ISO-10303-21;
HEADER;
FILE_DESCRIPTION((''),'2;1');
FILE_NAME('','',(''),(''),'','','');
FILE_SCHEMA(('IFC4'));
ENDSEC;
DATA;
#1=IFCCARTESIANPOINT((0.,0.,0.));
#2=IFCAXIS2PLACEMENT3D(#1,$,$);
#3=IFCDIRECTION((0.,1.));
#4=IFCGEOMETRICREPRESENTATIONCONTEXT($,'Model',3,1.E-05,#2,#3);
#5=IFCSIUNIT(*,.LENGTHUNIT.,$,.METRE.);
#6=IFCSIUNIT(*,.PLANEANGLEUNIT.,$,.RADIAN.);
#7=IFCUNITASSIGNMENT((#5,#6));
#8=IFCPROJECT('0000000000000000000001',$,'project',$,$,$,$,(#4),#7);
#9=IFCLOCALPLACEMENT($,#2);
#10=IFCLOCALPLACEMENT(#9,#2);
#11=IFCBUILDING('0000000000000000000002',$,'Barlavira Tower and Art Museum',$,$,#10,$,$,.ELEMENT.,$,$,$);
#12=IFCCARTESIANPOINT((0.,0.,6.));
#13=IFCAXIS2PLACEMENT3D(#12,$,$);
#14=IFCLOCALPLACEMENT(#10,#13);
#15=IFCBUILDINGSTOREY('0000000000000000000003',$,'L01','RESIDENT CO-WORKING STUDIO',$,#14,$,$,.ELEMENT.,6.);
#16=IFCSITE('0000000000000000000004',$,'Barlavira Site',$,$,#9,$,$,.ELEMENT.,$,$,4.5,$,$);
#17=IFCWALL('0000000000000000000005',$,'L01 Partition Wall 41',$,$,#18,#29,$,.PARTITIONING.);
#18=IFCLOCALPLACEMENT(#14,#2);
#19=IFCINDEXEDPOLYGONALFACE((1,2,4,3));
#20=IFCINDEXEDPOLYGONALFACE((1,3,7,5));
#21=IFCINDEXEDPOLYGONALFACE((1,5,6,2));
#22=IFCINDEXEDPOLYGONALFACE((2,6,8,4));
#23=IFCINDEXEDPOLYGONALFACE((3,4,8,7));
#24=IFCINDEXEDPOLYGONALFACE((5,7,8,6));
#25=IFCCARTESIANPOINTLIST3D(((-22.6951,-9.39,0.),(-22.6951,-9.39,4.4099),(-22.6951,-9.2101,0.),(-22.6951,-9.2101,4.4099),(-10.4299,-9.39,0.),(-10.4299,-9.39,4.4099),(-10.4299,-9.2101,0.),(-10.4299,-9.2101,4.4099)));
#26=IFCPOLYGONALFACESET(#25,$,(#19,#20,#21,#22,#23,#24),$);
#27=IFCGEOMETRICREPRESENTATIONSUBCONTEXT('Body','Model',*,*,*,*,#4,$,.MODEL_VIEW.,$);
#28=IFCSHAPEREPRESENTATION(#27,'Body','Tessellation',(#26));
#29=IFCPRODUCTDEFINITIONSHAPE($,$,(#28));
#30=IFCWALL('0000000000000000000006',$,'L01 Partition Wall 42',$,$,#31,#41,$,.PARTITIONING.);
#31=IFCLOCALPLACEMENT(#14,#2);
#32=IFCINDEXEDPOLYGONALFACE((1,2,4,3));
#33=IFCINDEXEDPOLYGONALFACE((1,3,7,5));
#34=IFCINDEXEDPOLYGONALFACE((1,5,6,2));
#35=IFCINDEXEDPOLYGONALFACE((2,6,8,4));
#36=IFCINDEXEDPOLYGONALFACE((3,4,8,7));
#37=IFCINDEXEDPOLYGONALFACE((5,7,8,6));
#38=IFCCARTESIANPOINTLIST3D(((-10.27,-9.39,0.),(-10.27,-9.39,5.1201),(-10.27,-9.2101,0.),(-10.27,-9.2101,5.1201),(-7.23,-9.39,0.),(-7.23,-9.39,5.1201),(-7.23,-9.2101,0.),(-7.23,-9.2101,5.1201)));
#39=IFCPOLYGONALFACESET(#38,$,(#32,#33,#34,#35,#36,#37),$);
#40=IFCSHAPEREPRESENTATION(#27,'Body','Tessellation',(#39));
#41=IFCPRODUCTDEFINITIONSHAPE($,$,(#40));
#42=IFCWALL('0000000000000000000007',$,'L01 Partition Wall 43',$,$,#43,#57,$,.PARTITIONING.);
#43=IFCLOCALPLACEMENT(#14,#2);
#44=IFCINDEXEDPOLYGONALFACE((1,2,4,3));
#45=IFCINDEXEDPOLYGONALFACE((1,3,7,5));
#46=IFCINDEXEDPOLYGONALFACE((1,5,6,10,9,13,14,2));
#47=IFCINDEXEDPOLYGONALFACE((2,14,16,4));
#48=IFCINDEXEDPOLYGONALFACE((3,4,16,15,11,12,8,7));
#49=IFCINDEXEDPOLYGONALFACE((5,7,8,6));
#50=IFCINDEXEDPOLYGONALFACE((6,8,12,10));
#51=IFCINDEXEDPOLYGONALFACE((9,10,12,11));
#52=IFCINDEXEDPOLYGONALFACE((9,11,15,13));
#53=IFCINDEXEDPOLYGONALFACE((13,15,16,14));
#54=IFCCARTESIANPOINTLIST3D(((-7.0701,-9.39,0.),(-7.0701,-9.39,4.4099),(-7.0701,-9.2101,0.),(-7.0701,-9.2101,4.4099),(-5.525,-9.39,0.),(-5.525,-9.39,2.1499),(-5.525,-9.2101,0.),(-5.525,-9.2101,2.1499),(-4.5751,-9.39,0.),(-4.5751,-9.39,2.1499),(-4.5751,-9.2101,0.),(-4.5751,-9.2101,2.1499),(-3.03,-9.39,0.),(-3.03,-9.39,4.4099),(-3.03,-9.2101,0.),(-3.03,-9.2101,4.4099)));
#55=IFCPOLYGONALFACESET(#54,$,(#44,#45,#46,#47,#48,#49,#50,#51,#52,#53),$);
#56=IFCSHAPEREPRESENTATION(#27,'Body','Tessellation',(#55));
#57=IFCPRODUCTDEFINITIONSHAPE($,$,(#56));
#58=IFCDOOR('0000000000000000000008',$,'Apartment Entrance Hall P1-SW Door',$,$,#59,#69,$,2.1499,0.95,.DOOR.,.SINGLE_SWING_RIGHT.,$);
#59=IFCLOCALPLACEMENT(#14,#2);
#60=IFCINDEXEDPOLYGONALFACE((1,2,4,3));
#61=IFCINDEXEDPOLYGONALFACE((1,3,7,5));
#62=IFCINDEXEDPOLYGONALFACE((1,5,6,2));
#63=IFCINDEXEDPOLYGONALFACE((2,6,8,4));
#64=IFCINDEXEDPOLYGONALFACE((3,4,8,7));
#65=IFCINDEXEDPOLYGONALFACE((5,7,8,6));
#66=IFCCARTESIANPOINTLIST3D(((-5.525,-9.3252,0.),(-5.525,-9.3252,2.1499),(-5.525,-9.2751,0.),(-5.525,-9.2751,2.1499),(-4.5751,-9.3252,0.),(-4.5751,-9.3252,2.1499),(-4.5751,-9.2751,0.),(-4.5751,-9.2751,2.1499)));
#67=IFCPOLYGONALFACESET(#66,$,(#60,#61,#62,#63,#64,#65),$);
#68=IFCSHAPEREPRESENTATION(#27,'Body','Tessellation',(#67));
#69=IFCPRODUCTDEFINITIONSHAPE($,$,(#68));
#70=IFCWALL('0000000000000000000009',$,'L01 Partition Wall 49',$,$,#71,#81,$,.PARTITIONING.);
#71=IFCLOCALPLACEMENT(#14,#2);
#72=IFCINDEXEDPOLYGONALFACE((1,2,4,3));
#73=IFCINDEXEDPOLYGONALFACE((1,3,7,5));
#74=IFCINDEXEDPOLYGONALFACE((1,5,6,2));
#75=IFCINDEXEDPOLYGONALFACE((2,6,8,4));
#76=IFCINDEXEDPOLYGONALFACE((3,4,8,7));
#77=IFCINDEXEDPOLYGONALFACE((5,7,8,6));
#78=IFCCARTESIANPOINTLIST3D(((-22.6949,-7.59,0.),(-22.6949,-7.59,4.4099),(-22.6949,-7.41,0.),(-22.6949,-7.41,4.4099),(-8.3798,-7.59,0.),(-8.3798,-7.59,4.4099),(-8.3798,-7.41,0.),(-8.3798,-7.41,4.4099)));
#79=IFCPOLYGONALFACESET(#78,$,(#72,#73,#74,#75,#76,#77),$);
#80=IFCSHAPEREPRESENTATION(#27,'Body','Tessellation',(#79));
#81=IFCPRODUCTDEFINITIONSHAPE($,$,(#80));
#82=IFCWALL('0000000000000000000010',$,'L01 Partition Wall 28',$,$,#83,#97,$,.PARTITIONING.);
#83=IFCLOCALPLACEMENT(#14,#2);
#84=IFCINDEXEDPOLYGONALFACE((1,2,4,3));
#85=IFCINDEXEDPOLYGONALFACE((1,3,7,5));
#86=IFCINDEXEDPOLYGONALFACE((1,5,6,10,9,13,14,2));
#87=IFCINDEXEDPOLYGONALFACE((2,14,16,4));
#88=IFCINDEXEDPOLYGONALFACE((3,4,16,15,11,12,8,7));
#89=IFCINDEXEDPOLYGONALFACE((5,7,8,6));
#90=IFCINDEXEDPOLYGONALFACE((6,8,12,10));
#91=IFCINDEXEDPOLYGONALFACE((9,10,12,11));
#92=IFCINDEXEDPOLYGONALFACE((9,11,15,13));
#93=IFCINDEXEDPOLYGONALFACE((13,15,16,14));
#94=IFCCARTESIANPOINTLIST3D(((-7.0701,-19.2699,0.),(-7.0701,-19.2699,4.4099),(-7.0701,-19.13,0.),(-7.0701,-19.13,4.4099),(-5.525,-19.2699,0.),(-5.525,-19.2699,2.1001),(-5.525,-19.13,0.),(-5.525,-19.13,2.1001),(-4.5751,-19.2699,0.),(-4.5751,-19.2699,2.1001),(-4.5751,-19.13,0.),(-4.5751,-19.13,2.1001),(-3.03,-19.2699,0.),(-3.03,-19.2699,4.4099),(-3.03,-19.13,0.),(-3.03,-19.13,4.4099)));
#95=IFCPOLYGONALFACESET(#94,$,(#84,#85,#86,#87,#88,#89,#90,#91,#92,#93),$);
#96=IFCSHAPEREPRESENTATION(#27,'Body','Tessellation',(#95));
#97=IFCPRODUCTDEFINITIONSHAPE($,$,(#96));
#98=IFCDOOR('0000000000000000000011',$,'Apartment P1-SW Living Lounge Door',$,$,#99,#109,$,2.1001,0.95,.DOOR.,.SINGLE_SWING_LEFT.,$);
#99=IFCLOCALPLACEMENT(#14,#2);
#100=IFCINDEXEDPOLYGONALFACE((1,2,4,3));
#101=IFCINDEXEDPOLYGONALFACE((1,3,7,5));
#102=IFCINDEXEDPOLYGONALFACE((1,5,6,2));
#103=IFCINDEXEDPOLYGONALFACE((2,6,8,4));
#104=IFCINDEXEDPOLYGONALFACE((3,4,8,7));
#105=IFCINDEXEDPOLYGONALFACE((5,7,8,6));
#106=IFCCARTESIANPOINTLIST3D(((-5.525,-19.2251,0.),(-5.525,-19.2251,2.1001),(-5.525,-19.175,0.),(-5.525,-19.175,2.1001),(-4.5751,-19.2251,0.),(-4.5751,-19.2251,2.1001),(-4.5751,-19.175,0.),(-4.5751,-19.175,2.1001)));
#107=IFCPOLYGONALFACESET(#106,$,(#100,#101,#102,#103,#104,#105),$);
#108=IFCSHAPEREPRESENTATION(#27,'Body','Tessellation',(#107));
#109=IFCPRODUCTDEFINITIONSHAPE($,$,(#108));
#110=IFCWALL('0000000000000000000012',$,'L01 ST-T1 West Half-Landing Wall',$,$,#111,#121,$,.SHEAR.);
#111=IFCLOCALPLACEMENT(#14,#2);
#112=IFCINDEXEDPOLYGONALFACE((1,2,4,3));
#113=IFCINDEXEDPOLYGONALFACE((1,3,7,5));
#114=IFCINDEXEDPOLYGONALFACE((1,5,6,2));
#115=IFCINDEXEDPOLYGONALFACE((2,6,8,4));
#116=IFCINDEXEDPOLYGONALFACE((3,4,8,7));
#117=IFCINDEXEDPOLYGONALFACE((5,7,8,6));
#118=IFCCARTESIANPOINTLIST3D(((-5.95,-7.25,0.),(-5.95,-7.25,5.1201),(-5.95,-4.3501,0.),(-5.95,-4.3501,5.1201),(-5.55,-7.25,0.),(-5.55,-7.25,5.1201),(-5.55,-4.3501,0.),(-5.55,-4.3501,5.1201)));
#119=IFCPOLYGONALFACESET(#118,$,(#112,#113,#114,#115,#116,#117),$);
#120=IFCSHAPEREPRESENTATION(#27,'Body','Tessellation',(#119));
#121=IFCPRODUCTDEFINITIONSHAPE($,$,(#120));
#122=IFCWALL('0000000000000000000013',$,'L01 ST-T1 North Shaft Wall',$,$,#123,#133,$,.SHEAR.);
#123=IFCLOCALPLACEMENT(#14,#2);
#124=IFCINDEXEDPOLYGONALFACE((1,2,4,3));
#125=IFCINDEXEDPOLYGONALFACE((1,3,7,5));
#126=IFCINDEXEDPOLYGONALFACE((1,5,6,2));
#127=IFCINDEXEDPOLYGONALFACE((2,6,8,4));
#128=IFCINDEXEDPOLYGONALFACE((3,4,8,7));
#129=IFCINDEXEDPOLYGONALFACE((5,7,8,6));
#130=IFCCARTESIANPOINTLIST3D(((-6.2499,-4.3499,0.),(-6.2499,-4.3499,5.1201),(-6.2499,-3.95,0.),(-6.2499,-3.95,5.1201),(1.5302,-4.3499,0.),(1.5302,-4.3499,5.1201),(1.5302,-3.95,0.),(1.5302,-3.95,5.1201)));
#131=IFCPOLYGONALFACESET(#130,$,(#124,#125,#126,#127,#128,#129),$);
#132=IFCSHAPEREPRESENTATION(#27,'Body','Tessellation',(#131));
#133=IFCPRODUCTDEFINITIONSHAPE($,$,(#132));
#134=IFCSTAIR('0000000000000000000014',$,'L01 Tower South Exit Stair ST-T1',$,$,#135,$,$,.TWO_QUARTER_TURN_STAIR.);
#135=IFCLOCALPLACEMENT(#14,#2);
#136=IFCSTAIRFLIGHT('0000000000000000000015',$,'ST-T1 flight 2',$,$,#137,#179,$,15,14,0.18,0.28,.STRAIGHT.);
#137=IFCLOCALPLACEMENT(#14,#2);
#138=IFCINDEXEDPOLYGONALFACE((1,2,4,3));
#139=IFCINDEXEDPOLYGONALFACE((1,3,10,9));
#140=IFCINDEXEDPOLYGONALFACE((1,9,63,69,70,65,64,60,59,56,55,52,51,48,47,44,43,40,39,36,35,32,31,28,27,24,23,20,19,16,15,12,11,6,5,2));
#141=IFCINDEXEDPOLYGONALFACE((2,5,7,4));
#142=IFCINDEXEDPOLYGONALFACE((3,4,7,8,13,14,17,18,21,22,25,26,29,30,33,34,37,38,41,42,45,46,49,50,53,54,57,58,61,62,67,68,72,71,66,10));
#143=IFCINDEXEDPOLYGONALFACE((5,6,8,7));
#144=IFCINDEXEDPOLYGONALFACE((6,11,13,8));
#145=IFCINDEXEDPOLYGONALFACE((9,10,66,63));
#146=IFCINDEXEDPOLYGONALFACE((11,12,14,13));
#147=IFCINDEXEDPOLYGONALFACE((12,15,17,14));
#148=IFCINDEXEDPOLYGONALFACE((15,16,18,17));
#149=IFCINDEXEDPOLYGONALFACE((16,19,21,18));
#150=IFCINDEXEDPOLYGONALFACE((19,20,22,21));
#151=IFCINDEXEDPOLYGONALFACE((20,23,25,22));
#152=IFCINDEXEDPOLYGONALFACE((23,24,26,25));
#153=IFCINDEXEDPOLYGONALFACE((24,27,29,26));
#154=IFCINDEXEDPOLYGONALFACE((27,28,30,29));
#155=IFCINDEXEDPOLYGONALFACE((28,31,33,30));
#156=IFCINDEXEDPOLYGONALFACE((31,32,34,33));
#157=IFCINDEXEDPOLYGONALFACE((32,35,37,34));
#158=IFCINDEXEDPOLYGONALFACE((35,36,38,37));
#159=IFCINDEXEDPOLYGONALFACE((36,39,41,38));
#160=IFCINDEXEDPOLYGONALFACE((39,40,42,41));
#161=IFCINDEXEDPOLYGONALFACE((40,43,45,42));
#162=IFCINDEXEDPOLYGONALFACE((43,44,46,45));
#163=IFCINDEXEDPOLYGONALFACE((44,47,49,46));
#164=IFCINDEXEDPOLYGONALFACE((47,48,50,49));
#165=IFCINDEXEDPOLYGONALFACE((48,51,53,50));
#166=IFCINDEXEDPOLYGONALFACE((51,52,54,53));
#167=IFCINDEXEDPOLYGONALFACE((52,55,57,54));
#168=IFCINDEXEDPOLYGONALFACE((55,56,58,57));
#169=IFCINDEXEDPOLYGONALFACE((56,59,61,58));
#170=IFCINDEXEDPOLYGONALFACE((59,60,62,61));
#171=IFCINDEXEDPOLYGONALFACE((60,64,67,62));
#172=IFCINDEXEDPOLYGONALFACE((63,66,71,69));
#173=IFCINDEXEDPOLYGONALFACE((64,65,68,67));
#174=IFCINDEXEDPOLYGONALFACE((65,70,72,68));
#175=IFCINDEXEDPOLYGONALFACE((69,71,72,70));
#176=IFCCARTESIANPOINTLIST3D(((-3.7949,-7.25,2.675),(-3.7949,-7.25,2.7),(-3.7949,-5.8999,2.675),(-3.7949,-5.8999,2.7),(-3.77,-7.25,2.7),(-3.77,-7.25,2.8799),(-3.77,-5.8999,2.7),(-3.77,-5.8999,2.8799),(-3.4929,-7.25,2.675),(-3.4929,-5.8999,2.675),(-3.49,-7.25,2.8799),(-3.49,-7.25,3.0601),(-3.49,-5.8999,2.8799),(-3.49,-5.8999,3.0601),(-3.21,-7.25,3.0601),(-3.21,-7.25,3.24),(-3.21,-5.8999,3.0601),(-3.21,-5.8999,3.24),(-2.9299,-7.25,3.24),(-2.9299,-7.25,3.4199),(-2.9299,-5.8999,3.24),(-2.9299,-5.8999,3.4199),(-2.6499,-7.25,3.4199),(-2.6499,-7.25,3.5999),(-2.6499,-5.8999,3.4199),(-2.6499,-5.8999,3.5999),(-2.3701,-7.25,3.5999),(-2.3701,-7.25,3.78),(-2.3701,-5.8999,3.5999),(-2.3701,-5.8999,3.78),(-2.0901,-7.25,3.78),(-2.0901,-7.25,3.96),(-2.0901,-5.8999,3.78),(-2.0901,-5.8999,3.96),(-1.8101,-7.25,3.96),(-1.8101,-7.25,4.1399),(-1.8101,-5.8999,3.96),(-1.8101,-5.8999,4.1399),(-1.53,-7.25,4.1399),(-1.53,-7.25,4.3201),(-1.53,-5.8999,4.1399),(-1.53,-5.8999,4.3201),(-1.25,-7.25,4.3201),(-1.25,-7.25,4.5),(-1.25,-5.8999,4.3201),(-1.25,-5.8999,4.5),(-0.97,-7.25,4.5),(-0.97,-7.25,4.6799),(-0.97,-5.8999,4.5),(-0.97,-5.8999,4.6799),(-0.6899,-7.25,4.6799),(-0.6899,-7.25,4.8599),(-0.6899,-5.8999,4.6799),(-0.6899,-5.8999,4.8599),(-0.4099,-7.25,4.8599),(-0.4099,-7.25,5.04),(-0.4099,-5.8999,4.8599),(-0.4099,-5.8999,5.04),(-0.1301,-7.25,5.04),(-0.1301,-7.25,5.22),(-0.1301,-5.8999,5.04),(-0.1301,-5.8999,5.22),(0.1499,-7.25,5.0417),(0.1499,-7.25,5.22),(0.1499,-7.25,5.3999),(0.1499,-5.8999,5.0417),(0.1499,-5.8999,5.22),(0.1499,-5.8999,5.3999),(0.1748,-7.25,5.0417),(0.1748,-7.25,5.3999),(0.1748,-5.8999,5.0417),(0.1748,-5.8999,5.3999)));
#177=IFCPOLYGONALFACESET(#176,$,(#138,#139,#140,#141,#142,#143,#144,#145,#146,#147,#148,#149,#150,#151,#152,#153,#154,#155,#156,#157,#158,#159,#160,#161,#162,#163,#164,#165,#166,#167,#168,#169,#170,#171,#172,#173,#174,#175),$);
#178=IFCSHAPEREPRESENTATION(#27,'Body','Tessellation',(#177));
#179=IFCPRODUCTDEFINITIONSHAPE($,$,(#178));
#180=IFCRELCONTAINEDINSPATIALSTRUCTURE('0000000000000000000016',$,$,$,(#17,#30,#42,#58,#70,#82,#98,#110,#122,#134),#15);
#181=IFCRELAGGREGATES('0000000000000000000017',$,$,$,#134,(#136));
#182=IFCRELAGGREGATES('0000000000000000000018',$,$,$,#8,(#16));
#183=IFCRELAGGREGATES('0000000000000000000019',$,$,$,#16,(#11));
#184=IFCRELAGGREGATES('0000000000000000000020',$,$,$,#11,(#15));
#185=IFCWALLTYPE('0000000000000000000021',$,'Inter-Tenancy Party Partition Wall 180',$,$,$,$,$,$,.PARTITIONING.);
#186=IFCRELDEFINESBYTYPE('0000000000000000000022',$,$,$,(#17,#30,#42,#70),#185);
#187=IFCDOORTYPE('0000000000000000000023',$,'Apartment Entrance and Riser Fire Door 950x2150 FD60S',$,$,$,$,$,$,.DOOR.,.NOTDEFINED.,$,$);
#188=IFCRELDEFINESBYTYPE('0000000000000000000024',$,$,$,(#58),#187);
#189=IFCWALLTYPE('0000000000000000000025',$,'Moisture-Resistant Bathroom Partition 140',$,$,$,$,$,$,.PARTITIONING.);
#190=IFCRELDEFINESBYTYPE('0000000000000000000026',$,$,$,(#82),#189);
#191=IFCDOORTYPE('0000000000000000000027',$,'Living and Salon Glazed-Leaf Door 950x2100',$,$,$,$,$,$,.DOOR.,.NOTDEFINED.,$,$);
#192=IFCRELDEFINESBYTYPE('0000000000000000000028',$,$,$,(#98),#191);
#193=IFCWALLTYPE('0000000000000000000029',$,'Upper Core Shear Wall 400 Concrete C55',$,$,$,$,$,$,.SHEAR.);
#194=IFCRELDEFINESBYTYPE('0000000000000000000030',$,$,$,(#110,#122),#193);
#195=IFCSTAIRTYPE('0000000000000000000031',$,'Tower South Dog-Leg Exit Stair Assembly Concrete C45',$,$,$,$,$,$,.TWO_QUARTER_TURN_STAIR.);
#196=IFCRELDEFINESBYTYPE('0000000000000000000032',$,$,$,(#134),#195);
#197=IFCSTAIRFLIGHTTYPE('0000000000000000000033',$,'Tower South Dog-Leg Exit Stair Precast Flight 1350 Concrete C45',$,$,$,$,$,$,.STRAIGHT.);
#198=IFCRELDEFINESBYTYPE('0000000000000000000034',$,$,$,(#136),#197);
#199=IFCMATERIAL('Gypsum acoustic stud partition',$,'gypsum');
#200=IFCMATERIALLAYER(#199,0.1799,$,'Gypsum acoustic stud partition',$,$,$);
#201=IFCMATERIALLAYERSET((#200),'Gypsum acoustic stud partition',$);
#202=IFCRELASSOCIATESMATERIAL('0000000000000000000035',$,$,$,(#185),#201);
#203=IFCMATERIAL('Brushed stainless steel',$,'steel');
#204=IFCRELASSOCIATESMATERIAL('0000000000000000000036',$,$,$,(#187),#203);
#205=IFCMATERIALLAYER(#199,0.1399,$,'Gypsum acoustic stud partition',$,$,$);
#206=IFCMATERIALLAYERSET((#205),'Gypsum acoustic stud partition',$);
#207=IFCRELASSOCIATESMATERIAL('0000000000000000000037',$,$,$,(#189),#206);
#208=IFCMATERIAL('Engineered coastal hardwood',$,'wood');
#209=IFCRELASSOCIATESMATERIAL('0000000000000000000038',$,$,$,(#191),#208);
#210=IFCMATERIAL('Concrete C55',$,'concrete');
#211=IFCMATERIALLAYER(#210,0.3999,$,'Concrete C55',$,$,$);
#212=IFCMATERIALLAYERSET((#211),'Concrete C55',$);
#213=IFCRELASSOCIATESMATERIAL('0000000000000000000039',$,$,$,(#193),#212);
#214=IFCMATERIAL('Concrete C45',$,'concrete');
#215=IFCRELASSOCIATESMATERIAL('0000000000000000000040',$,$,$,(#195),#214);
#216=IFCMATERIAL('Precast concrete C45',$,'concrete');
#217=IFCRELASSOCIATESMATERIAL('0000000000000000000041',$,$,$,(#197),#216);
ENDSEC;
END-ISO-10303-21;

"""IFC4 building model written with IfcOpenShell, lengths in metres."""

from ifc_helpers import new_model, si_unit, direction, frame, frame_2d, origin, place, context, subcontext, project, spatial, polyline, rectangle, outline, extrude, material, layer, layer_set, type_object, element, fill, aggregate, save


model = new_model("IFC4")

# Units and contexts
model_context = context("Model", 3, precision=1e-05, world=origin(), true_north=direction((0.0, 1.0)))
body_context = subcontext(model_context, "Body", "Model", "MODEL_VIEW")
ifc_project = project(units=[si_unit("LENGTHUNIT", "METRE"), si_unit("PLANEANGLEUNIT", "RADIAN")], contexts=[model_context])

# Site, building, storey
site_placement = place(None, origin())
site = spatial("IfcSite", under=ifc_project, at=site_placement, Name="Barlavira Site", CompositionType="ELEMENT", RefElevation=4.5)
building_placement = place(site_placement, origin())
building = spatial("IfcBuilding", under=site, at=building_placement, Name="Barlavira Tower and Art Museum", CompositionType="ELEMENT")
storey_placement = place(building_placement, frame((0.0, 0.0, 6.0)))
storey = spatial("IfcBuildingStorey", under=building, at=storey_placement, Name="L01", Description="RESIDENT CO-WORKING STUDIO", CompositionType="ELEMENT", Elevation=6.0)

# Shared definitions
ifc_material_1 = material(Name="Gypsum acoustic stud partition", Category="gypsum")
ifc_layer_1 = layer(ifc_material_1, 0.1799, Name="Gypsum acoustic stud partition")
ifc_layer_set_1 = layer_set([ifc_layer_1], Name="Gypsum acoustic stud partition")
wall_type_1 = type_object("IfcWallType", Name="Inter-Tenancy Party Partition Wall 180", PredefinedType="PARTITIONING", material=ifc_layer_set_1)
ifc_material_2 = material(Name="Brushed stainless steel", Category="steel")
door_type_1 = type_object("IfcDoorType", Name="Apartment Entrance and Riser Fire Door 950x2150 FD60S", OperationType="NOTDEFINED", PredefinedType="DOOR", material=ifc_material_2)

# Walls
wall_1_placement = place(storey_placement, frame((-22.6951, -9.3, 0.0), z_axis=(0.0, 0.0, 1.0), x_axis=(1.0, 0.0, 0.0)))
element("IfcWall", 1, at=wall_1_placement, inside=storey, type_object=wall_type_1, Name="L01 Partition Wall 41", PredefinedType="PARTITIONING", context=body_context, shape_type="SweptSolid", body=[
    extrude(rectangle(XDim=12.2651, YDim=0.1799, at=frame_2d((6.1326, 0.0))), origin(), (0.0, 0.0, 1.0), 4.4099),
])
wall_2_placement = place(storey_placement, frame((-10.27, -9.3, 0.0), z_axis=(0.0, 0.0, 1.0), x_axis=(1.0, 0.0, 0.0)))
element("IfcWall", 2, at=wall_2_placement, inside=storey, type_object=wall_type_1, Name="L01 Partition Wall 42", PredefinedType="PARTITIONING", context=body_context, shape_type="SweptSolid", body=[
    extrude(rectangle(XDim=3.04, YDim=0.1799, at=frame_2d((1.52, 0.0))), origin(), (0.0, 0.0, 1.0), 5.1201),
])

# Wall, opening, door
wall_3_placement = place(storey_placement, frame((-7.0701, -9.3, 0.0), z_axis=(0.0, 0.0, 1.0), x_axis=(1.0, 0.0, 0.0)))
wall_3 = element("IfcWall", 3, at=wall_3_placement, inside=storey, type_object=wall_type_1, Name="L01 Partition Wall 43", PredefinedType="PARTITIONING", context=body_context, shape_type="SweptSolid", body=[
    extrude(rectangle(XDim=4.04, YDim=0.1799, at=frame_2d((2.02, 0.0))), origin(), (0.0, 0.0, 1.0), 4.4099),
])
opening_1_placement = place(wall_3_placement, frame((1.5449, 0.0, 0.0)))
opening_1 = element("IfcOpeningElement", 4, at=opening_1_placement, cuts=wall_3, PredefinedType="OPENING", context=body_context, shape_type="SweptSolid", body=[
    extrude(rectangle(XDim=0.95, YDim=2.1499, at=frame_2d((0.4751, 1.075))), frame((0.0, 0.1001, 0.0), z_axis=(0.0, -1.0, 0.0), x_axis=(1.0, 0.0, 0.0)), (0.0, 0.0, 1.0), 0.2),
])
door_1_placement = place(opening_1_placement, origin())
door_1 = element("IfcDoor", 5, at=door_1_placement, inside=storey, type_object=door_type_1, Name="Apartment Entrance Hall P1-SW Door", OperationType="SINGLE_SWING_RIGHT", OverallHeight=2.1499, OverallWidth=0.95, PredefinedType="DOOR", context=body_context, shape_type="SweptSolid", body=[
    extrude(rectangle(XDim=0.95, YDim=2.1499, at=frame_2d((0.4751, 1.075))), frame((0.0, 0.0249, 0.0), z_axis=(0.0, -1.0, 0.0), x_axis=(1.0, 0.0, 0.0)), (0.0, 0.0, 1.0), 0.05),
])
fill(opening_1, door_1)

# Wall
wall_4_placement = place(storey_placement, frame((-22.6951, -7.5, 0.0), z_axis=(0.0, 0.0, 1.0), x_axis=(1.0, 0.0, 0.0)))
element("IfcWall", 6, at=wall_4_placement, inside=storey, type_object=wall_type_1, Name="L01 Partition Wall 49", PredefinedType="PARTITIONING", context=body_context, shape_type="SweptSolid", body=[
    extrude(rectangle(XDim=14.3152, YDim=0.1799, at=frame_2d((7.1577, 0.0))), origin(), (0.0, 0.0, 1.0), 4.4099),
])

# Wall, opening, door
ifc_layer_2 = layer(ifc_material_1, 0.1399, Name="Gypsum acoustic stud partition")
ifc_layer_set_2 = layer_set([ifc_layer_2], Name="Gypsum acoustic stud partition")
wall_type_2 = type_object("IfcWallType", Name="Moisture-Resistant Bathroom Partition 140", PredefinedType="PARTITIONING", material=ifc_layer_set_2)
wall_5_placement = place(storey_placement, frame((-7.0701, -19.2, 0.0), z_axis=(0.0, 0.0, 1.0), x_axis=(1.0, 0.0, 0.0)))
wall_5 = element("IfcWall", 7, at=wall_5_placement, inside=storey, type_object=wall_type_2, Name="L01 Partition Wall 28", PredefinedType="PARTITIONING", context=body_context, shape_type="SweptSolid", body=[
    extrude(rectangle(XDim=4.04, YDim=0.1399, at=frame_2d((2.02, 0.0))), origin(), (0.0, 0.0, 1.0), 4.4099),
])
opening_2_placement = place(wall_5_placement, frame((1.5449, 0.0, 0.0)))
opening_2 = element("IfcOpeningElement", 8, at=opening_2_placement, cuts=wall_5, PredefinedType="OPENING", context=body_context, shape_type="SweptSolid", body=[
    extrude(rectangle(XDim=0.95, YDim=2.1001, at=frame_2d((0.4751, 1.05))), frame((0.0, 0.0801, 0.0), z_axis=(0.0, -1.0, 0.0), x_axis=(1.0, 0.0, 0.0)), (0.0, 0.0, 1.0), 0.1599),
])
ifc_material_3 = material(Name="Engineered coastal hardwood", Category="wood")
door_type_2 = type_object("IfcDoorType", Name="Living and Salon Glazed-Leaf Door 950x2100", OperationType="NOTDEFINED", PredefinedType="DOOR", material=ifc_material_3)
door_2_placement = place(opening_2_placement, origin())
door_2 = element("IfcDoor", 9, at=door_2_placement, inside=storey, type_object=door_type_2, Name="Apartment P1-SW Living Lounge Door", OperationType="SINGLE_SWING_LEFT", OverallHeight=2.1001, OverallWidth=0.95, PredefinedType="DOOR", context=body_context, shape_type="SweptSolid", body=[
    extrude(rectangle(XDim=0.95, YDim=2.1001, at=frame_2d((0.4751, 1.05))), frame((0.0, 0.0249, 0.0), z_axis=(0.0, -1.0, 0.0), x_axis=(1.0, 0.0, 0.0)), (0.0, 0.0, 1.0), 0.05),
])
fill(opening_2, door_2)

# Walls
ifc_material_4 = material(Name="Concrete C55", Category="concrete")
ifc_layer_3 = layer(ifc_material_4, 0.3999, Name="Concrete C55")
ifc_layer_set_3 = layer_set([ifc_layer_3], Name="Concrete C55")
wall_type_3 = type_object("IfcWallType", Name="Upper Core Shear Wall 400 Concrete C55", PredefinedType="SHEAR", material=ifc_layer_set_3)
wall_6_placement = place(storey_placement, frame((-5.75, -7.25, 0.0), z_axis=(0.0, 0.0, 1.0), x_axis=(0.0, 1.0, 0.0)))
element("IfcWall", 10, at=wall_6_placement, inside=storey, type_object=wall_type_3, Name="L01 ST-T1 West Half-Landing Wall", PredefinedType="SHEAR", context=body_context, shape_type="SweptSolid", body=[
    extrude(rectangle(XDim=2.8999, YDim=0.3999, at=frame_2d((1.45, 0.0))), origin(), (0.0, 0.0, 1.0), 5.1201),
])
wall_7_placement = place(storey_placement, frame((-6.25, -4.1499, 0.0), z_axis=(0.0, 0.0, 1.0), x_axis=(1.0, 0.0, 0.0)))
element("IfcWall", 11, at=wall_7_placement, inside=storey, type_object=wall_type_3, Name="L01 ST-T1 North Shaft Wall", PredefinedType="SHEAR", context=body_context, shape_type="SweptSolid", body=[
    extrude(rectangle(XDim=7.78, YDim=0.3999, at=frame_2d((3.8901, 0.0))), origin(), (0.0, 0.0, 1.0), 5.1201),
])

# Stair, stair flight
ifc_material_5 = material(Name="Concrete C45", Category="concrete")
stair_type = type_object("IfcStairType", Name="Tower South Dog-Leg Exit Stair Assembly Concrete C45", PredefinedType="TWO_QUARTER_TURN_STAIR", material=ifc_material_5)
stair_placement = place(storey_placement, origin())
stair = element("IfcStair", 12, at=stair_placement, inside=storey, type_object=stair_type, Name="L01 Tower South Exit Stair ST-T1", PredefinedType="TWO_QUARTER_TURN_STAIR")
ifc_material_6 = material(Name="Precast concrete C45", Category="concrete")
stair_flight_type = type_object("IfcStairFlightType", Name="Tower South Dog-Leg Exit Stair Precast Flight 1350 Concrete C45", PredefinedType="STRAIGHT", material=ifc_material_6)
stair_flight_placement = place(storey_placement, frame((-3.77, -6.575, 2.7), z_axis=(0.0, 0.0, 1.0), x_axis=(1.0, 0.0, 0.0)))
stair_flight = element("IfcStairFlight", 13, at=stair_flight_placement, type_object=stair_flight_type, Name="ST-T1 flight 2", NumberOfRisers=15, NumberOfTreads=14, PredefinedType="STRAIGHT", RiserHeight=0.18, TreadLength=0.28, context=body_context, shape_type="SweptSolid", body=[
    extrude(outline(polyline([(-0.0249, 0.0), (0.0, 0.0), (0.0, 0.1799), (0.28, 0.1799), (0.28, 0.3601), (0.5601, 0.3601), (0.5601, 0.54), (0.8401, 0.54), (0.8401, 0.72), (1.1201, 0.72), (1.1201, 0.8999), (1.3999, 0.8999), (1.3999, 1.0801), (1.6799, 1.0801), (1.6799, 1.26), (1.96, 1.26), (1.96, 1.4399), (2.24, 1.4399), (2.24, 1.6201), (2.52, 1.6201), (2.52, 1.8), (2.8, 1.8), (2.8, 1.98), (3.0801, 1.98), (3.0801, 2.1599), (3.3601, 2.1599), (3.3601, 2.3401), (3.6399, 2.3401), (3.6399, 2.52), (3.9199, 2.52), (3.9199, 2.7), (3.9448, 2.7), (3.9448, 2.3418), (3.9199, 2.3418), (0.2771, -0.0249), (-0.0249, -0.0249), (-0.0249, 0.0)])), frame((0.0, 0.675, 0.0), z_axis=(0.0, -1.0, 0.0), x_axis=(1.0, 0.0, 0.0)), (0.0, 0.0, 1.0), 1.3501),
])
aggregate(stair, [stair_flight])

save(model, "model.ifc")
